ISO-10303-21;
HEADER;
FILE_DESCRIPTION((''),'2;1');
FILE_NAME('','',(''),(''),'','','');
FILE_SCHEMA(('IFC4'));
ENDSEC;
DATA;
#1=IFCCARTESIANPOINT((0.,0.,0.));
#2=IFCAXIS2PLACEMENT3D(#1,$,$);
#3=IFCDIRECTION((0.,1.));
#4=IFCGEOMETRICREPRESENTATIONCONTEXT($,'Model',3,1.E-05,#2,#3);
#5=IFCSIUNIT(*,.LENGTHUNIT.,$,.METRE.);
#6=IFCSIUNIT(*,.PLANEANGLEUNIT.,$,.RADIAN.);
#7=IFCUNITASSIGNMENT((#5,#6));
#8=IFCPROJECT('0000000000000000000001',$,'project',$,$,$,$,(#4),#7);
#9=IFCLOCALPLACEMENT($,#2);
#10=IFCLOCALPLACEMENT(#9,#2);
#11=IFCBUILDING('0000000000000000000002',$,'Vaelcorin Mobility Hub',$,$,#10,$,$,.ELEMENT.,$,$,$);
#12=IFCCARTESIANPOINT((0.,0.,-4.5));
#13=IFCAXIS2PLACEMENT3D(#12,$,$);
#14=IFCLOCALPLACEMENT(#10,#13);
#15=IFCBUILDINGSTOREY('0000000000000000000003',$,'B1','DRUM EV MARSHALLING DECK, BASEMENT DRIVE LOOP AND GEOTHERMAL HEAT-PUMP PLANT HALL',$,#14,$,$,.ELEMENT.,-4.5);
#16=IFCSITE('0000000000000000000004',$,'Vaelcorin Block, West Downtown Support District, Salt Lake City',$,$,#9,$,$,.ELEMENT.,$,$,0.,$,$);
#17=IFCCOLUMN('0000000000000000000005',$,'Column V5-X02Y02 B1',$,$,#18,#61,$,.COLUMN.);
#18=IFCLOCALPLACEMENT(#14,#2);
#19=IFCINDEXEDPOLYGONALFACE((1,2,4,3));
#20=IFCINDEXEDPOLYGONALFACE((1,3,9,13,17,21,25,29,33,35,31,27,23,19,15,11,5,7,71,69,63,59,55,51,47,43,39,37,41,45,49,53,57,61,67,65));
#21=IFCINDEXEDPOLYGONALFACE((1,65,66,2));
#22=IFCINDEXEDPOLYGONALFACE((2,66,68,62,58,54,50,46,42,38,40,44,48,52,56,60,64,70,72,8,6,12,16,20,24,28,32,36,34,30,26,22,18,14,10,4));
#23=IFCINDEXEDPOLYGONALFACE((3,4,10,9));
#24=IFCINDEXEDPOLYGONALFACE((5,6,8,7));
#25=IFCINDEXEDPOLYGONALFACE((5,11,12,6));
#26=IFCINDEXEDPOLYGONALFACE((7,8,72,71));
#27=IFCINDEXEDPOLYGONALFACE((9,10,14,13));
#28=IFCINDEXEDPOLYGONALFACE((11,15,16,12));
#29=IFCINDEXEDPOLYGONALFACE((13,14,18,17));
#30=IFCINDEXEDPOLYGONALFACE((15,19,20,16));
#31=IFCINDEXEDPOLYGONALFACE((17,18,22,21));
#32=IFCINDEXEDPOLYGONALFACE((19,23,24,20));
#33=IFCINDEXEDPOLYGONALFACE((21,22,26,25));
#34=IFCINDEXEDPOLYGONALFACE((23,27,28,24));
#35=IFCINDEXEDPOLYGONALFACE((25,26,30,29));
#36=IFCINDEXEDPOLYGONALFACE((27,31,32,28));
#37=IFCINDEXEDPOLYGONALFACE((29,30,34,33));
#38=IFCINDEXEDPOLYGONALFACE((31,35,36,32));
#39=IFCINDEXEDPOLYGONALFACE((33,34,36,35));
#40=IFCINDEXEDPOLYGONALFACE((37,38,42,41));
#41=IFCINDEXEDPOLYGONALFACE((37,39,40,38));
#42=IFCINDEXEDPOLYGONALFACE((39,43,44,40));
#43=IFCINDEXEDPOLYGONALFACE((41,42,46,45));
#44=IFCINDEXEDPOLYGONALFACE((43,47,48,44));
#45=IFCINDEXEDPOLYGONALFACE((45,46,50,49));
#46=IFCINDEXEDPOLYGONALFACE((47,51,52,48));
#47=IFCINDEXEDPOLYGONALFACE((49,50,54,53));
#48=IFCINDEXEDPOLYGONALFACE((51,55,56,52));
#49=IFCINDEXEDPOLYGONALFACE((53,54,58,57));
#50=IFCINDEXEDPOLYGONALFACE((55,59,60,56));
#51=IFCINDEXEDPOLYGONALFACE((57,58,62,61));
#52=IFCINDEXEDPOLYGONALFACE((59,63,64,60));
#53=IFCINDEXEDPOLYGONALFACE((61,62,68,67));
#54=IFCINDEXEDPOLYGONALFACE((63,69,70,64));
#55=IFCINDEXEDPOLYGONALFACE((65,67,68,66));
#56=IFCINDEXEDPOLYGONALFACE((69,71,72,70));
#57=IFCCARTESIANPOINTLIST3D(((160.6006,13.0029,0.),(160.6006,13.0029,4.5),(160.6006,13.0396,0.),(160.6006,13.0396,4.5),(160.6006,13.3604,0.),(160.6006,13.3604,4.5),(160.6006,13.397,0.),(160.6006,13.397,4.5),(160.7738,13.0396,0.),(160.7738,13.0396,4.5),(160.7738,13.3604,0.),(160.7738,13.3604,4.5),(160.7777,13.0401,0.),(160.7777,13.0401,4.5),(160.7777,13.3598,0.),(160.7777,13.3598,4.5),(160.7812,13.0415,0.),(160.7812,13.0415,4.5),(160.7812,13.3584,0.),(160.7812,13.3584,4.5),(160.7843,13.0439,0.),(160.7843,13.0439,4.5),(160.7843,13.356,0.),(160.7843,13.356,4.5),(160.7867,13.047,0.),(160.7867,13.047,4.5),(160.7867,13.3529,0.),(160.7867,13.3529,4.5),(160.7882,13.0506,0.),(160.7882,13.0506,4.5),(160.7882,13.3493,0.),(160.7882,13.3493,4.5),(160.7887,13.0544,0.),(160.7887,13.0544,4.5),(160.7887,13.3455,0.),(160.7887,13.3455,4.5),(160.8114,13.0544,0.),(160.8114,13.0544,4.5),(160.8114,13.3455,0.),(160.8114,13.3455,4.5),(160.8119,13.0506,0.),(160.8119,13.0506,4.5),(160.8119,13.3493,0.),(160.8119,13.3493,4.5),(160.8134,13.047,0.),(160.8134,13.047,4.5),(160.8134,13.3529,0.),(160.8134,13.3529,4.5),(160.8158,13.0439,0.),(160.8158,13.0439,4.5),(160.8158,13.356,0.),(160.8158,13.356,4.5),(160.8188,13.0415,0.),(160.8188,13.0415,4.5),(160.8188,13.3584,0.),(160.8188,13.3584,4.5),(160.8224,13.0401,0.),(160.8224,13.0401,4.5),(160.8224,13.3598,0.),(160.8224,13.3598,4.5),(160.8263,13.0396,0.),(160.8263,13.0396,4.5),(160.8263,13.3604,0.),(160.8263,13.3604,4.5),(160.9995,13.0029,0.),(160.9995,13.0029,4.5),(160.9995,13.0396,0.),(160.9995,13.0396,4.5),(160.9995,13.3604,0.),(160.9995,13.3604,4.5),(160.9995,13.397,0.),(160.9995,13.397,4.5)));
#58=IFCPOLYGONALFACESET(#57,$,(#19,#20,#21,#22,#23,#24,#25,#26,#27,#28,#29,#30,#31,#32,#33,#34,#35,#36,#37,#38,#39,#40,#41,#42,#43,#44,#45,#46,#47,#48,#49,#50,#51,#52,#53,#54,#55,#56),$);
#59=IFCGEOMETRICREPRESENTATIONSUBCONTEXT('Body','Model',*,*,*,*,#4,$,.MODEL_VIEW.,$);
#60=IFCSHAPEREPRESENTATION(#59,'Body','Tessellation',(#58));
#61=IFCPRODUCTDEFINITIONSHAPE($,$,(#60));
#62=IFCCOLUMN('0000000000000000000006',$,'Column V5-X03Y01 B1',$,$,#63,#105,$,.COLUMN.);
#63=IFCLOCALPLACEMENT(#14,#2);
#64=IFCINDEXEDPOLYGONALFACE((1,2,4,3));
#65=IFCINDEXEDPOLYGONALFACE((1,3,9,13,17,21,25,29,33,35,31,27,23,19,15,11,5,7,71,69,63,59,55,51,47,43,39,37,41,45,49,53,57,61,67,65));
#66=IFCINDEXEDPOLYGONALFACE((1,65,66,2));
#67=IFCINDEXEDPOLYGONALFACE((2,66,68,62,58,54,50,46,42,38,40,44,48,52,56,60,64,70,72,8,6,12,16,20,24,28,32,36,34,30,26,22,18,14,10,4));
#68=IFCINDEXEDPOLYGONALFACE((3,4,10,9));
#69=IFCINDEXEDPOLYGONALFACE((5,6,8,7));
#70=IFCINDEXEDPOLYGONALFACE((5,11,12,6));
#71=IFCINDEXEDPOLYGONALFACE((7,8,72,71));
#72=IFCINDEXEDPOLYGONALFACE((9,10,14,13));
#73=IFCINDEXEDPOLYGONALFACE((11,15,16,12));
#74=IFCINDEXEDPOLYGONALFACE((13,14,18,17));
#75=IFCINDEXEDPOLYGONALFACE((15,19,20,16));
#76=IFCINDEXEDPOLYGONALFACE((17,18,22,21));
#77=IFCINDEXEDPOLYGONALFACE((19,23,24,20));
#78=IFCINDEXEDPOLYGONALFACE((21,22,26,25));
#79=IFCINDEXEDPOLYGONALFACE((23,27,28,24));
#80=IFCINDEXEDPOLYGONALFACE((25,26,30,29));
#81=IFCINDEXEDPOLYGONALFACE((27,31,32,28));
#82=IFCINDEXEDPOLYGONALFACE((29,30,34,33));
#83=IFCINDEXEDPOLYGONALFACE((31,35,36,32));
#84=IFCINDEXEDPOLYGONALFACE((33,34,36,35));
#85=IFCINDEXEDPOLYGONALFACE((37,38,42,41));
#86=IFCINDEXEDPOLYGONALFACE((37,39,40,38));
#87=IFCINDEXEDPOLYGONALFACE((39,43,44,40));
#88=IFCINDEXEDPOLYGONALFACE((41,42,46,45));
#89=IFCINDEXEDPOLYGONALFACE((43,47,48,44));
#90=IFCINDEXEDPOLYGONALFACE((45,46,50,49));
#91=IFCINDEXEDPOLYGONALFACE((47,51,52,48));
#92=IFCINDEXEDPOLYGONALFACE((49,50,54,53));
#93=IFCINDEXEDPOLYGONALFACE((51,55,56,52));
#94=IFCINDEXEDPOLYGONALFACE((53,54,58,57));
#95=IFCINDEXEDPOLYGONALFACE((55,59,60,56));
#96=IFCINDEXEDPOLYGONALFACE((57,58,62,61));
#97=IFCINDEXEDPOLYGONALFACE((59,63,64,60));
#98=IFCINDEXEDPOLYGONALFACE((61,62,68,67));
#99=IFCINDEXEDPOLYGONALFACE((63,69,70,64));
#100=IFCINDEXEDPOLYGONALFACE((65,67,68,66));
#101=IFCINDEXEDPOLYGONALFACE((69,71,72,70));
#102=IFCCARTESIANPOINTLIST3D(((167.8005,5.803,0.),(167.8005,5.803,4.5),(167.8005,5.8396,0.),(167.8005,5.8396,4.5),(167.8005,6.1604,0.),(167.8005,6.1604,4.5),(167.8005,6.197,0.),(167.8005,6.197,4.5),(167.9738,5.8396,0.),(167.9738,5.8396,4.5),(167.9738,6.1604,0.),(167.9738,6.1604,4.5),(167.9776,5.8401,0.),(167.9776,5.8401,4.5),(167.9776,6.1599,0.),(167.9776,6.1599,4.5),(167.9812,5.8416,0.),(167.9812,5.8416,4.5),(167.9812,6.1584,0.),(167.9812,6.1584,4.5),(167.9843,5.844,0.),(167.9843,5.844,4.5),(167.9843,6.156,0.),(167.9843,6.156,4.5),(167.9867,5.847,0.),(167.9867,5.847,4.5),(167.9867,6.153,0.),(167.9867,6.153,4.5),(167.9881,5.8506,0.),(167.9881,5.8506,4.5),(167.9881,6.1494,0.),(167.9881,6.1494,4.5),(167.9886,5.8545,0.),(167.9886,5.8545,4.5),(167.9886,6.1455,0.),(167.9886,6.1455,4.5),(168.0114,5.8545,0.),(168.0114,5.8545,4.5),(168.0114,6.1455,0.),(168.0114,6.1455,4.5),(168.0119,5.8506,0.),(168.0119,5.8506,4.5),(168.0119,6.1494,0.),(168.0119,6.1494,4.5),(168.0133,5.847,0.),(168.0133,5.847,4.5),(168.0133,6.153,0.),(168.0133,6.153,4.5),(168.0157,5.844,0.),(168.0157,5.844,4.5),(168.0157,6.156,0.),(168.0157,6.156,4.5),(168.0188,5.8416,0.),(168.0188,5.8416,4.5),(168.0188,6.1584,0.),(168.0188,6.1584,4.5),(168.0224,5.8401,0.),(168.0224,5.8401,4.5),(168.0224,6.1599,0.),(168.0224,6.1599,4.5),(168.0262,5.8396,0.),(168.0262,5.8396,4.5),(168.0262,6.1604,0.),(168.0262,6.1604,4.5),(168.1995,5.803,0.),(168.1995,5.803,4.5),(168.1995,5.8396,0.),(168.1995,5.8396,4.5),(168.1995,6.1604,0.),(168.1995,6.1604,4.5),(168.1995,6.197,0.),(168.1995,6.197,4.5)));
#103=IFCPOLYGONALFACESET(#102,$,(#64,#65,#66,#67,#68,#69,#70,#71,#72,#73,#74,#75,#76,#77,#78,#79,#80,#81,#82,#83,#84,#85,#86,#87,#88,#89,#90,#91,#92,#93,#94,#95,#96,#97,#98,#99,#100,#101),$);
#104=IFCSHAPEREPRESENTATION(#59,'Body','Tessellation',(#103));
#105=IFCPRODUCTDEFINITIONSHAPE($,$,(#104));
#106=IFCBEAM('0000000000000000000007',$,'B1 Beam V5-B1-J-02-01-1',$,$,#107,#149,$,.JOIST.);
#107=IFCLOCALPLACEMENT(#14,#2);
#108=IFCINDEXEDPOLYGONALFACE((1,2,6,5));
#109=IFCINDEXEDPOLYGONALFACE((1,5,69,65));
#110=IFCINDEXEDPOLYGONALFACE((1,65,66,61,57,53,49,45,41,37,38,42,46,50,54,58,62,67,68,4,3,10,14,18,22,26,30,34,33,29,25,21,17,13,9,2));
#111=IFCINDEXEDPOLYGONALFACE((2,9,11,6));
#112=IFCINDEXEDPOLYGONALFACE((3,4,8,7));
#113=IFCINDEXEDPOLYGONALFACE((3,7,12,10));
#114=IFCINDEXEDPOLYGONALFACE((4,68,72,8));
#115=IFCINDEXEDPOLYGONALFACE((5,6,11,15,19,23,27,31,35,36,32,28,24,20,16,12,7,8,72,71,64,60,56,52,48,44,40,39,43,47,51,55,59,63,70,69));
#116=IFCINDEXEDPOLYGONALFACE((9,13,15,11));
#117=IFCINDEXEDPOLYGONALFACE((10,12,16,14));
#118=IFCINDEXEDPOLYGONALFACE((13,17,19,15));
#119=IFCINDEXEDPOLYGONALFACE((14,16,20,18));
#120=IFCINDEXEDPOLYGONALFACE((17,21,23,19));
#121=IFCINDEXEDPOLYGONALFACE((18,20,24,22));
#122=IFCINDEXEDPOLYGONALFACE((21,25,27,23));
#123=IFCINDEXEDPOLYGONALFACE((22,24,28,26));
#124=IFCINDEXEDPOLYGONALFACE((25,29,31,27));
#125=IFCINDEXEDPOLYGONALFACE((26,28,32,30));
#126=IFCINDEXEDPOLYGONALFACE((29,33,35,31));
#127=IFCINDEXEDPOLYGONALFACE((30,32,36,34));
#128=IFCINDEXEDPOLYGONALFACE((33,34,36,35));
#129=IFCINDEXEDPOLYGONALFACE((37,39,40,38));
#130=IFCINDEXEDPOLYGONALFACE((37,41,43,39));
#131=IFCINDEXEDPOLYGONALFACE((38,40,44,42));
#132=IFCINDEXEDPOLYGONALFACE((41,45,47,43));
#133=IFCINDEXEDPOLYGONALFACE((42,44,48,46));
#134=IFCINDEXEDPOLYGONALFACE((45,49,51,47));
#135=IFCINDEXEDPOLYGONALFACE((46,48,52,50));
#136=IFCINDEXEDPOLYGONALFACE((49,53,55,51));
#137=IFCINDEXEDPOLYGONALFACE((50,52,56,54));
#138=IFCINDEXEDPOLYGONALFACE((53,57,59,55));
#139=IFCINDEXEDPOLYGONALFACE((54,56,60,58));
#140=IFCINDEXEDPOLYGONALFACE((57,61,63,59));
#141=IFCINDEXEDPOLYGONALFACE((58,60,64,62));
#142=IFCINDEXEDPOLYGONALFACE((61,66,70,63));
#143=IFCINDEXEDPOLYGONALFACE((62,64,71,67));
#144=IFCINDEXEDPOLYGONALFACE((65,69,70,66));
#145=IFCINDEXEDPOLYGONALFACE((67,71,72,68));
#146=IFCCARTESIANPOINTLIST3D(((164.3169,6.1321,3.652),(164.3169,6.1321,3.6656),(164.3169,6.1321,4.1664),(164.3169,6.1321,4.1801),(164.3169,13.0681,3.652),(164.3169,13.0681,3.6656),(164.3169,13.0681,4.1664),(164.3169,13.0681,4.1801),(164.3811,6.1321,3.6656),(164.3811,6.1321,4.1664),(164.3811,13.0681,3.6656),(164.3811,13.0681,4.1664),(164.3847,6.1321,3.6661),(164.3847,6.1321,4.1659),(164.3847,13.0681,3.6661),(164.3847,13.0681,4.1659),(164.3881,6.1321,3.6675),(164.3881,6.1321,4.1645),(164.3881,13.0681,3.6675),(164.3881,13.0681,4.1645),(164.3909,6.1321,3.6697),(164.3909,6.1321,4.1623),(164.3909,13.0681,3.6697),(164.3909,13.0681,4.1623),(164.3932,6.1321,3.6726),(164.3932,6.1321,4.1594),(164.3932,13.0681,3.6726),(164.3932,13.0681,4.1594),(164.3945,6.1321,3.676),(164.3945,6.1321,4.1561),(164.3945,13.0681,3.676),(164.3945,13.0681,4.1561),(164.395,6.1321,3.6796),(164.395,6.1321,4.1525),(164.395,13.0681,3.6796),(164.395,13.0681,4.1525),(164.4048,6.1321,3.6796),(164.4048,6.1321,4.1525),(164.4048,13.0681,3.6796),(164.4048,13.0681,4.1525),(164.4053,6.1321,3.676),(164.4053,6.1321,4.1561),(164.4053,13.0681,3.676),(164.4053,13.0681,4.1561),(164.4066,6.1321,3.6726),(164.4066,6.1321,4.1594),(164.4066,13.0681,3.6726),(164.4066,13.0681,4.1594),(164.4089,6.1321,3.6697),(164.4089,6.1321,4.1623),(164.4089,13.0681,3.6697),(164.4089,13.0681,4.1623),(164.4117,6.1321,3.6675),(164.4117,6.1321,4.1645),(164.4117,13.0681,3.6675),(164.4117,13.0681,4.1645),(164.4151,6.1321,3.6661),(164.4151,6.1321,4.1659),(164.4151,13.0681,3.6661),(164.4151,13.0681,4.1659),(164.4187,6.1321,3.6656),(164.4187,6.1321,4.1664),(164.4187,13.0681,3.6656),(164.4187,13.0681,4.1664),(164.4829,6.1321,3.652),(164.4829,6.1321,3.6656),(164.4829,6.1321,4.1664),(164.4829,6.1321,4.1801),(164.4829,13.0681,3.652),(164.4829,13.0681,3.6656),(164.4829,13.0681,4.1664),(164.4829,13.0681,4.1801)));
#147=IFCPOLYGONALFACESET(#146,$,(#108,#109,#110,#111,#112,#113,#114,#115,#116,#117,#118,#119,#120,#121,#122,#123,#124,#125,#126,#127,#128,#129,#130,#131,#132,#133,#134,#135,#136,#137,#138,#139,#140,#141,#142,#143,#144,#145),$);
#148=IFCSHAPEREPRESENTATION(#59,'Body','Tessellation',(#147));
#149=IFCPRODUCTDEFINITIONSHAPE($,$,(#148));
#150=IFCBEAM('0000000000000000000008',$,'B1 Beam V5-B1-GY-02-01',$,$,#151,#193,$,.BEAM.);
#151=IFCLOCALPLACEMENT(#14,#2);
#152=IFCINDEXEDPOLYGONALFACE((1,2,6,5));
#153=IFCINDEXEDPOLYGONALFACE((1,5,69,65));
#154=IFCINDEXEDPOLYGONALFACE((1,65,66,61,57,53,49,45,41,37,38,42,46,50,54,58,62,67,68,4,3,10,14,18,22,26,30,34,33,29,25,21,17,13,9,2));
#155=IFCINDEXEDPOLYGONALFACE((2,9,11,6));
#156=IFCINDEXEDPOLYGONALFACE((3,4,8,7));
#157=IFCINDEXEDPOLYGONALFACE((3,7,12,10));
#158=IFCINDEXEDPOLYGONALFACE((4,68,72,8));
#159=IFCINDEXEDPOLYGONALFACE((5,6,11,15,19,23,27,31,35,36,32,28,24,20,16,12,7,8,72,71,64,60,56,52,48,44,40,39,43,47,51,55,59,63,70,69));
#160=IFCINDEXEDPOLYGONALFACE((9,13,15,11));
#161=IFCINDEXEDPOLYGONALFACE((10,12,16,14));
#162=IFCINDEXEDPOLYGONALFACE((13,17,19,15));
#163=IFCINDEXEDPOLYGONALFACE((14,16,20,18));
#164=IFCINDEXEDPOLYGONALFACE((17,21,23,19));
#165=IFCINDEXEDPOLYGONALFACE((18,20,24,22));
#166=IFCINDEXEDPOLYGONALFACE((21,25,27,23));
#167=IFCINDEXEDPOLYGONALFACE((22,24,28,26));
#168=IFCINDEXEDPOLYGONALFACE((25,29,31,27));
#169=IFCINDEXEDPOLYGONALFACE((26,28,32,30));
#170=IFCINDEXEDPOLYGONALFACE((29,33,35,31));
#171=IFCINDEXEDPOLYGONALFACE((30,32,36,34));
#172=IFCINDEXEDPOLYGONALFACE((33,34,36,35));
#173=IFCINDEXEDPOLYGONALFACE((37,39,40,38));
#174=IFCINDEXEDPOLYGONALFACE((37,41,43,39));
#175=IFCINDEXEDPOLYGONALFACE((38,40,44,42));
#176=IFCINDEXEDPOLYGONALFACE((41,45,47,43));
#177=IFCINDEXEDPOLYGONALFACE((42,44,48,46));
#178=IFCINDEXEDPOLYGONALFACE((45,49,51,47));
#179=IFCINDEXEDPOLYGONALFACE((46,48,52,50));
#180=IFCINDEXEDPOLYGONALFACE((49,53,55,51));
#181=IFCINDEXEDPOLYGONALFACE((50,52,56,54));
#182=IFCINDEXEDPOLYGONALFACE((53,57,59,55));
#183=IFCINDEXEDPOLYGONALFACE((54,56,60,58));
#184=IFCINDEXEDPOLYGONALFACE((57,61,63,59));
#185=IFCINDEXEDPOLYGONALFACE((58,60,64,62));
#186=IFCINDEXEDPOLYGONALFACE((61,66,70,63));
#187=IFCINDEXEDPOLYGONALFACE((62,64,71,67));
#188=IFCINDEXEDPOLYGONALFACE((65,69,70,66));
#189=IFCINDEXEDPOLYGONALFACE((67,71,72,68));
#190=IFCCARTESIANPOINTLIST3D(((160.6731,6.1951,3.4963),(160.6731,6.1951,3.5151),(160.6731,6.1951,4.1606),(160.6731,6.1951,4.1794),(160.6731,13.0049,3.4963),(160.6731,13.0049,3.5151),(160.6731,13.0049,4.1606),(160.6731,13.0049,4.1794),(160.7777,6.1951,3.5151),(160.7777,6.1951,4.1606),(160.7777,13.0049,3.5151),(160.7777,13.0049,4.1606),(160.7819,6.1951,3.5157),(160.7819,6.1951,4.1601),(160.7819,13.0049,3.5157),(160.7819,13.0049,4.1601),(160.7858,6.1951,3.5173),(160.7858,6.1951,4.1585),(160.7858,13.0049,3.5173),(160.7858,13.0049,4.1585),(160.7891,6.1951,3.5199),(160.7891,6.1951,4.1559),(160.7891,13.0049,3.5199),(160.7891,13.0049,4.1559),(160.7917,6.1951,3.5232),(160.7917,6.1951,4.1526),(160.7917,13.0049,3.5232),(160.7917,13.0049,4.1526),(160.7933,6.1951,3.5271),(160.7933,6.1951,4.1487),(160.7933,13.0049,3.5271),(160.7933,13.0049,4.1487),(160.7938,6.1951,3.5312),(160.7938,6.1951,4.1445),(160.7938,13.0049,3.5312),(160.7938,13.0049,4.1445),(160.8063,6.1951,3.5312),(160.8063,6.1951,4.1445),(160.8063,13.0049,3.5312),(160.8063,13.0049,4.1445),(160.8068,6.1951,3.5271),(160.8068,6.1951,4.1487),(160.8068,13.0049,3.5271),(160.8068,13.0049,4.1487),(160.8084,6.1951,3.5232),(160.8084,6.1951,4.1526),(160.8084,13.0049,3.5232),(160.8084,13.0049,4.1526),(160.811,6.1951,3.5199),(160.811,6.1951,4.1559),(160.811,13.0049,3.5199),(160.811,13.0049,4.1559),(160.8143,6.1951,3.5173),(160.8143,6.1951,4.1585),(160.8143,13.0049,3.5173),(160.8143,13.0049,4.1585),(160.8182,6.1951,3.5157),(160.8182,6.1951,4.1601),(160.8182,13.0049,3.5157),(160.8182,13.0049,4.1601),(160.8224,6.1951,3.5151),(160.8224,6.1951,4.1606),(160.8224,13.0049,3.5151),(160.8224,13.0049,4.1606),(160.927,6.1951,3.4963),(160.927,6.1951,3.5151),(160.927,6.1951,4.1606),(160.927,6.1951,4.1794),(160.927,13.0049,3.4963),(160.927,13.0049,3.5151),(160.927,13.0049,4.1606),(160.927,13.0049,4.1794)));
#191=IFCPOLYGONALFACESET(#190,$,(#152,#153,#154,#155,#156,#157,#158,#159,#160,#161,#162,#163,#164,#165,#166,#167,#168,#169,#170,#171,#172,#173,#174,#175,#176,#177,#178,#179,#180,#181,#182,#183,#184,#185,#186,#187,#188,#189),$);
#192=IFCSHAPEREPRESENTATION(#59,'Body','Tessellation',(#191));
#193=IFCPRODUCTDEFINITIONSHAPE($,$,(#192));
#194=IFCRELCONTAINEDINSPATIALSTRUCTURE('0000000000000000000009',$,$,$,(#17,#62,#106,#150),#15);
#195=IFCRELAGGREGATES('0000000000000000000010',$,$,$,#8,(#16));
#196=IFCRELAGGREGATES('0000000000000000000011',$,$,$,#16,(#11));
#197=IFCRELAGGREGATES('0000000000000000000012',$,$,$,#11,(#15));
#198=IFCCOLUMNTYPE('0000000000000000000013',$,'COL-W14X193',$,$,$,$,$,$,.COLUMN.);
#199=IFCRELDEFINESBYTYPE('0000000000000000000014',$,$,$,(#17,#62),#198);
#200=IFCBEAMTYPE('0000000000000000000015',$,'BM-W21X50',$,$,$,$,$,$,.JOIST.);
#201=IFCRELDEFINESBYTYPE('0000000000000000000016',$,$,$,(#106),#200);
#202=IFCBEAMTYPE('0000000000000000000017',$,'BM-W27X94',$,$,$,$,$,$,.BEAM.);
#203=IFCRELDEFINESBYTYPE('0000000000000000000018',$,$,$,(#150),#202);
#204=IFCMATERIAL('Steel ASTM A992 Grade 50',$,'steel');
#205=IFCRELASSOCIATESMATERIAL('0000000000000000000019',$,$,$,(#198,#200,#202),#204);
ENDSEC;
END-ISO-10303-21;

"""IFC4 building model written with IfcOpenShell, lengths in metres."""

from ifc_helpers import new_model, si_unit, direction, frame, origin, origin_2d, place, context, subcontext, project, spatial, i_section, extrude, material, material_profile, profile_set, type_object, element, save


model = new_model("IFC4")

# Units and contexts
model_context = context("Model", 3, precision=1e-05, world=origin(), true_north=direction((0.0, 1.0)))
body_context = subcontext(model_context, "Body", "Model", "MODEL_VIEW")
ifc_project = project(units=[si_unit("LENGTHUNIT", "METRE"), si_unit("PLANEANGLEUNIT", "RADIAN")], contexts=[model_context])

# Site, building, storey
site_placement = place(None, origin())
site = spatial("IfcSite", under=ifc_project, at=site_placement, Name="Vaelcorin Block, West Downtown Support District, Salt Lake City", CompositionType="ELEMENT", RefElevation=0.0)
building_placement = place(site_placement, origin())
building = spatial("IfcBuilding", under=site, at=building_placement, Name="Vaelcorin Mobility Hub", CompositionType="ELEMENT")
storey_placement = place(building_placement, frame((0.0, 0.0, -4.5)))
storey = spatial("IfcBuildingStorey", under=building, at=storey_placement, Name="B1", Description="DRUM EV MARSHALLING DECK, BASEMENT DRIVE LOOP AND GEOTHERMAL HEAT-PUMP PLANT HALL", CompositionType="ELEMENT", Elevation=-4.5)

# Columns
ifc_material_1 = material(Name="Steel ASTM A992 Grade 50", Category="steel")
ifc_material_profile_1 = material_profile(ifc_material_1, i_section(OverallWidth=0.3989, OverallDepth=0.394, WebThickness=0.0227, FlangeThickness=0.0366, FilletRadius=0.0149, at=origin_2d()), Name="W14X193")
ifc_profile_set_1 = profile_set([ifc_material_profile_1], Name="Steel ASTM A992 Grade 50")
column_type = type_object("IfcColumnType", Name="COL-W14X193", PredefinedType="COLUMN", material=ifc_profile_set_1)
for number, where, z_axis, x_axis, name in (
    (1, (160.8, 13.2, 0.0), (0.0, 0.0, 1.0), (1.0, 0.0, 0.0), "Column V5-X02Y02 B1"),
    (2, (168.0, 6.0, 0.0), (0.0, 0.0, 1.0), (1.0, 0.0, 0.0), "Column V5-X03Y01 B1"),
):
    element("IfcColumn", number, at=place(storey_placement, frame(where, z_axis=z_axis, x_axis=x_axis)), inside=storey, type_object=column_type, Name=name, PredefinedType="COLUMN", context=body_context, shape_type="SweptSolid", body=[
        extrude(i_section(OverallWidth=0.3989, OverallDepth=0.394, WebThickness=0.0227, FlangeThickness=0.0366, FilletRadius=0.0149, at=origin_2d()), origin(), (0.0, 0.0, 1.0), 4.5),
    ])

# Beams
ifc_material_profile_2 = material_profile(ifc_material_1, i_section(OverallWidth=0.166, OverallDepth=0.5281, WebThickness=0.0098, FlangeThickness=0.0137, FilletRadius=0.0139, at=origin_2d()), Name="W21X50")
ifc_profile_set_2 = profile_set([ifc_material_profile_2], Name="Steel ASTM A992 Grade 50")
beam_type_1 = type_object("IfcBeamType", Name="BM-W21X50", PredefinedType="JOIST", material=ifc_profile_set_2)
beam_1_placement = place(storey_placement, frame((164.3999, 6.1321, 3.916), z_axis=(0.0, 1.0, 0.0), x_axis=(-1.0, 0.0, 0.0)))
element("IfcBeam", 3, at=beam_1_placement, inside=storey, type_object=beam_type_1, Name="B1 Beam V5-B1-J-02-01-1", PredefinedType="JOIST", context=body_context, shape_type="SweptSolid", body=[
    extrude(i_section(OverallWidth=0.166, OverallDepth=0.5281, WebThickness=0.0098, FlangeThickness=0.0137, FilletRadius=0.0139, at=origin_2d()), origin(), (0.0, 0.0, 1.0), 6.936),
])
ifc_material_profile_3 = material_profile(ifc_material_1, i_section(OverallWidth=0.2539, OverallDepth=0.6831, WebThickness=0.0125, FlangeThickness=0.0188, FilletRadius=0.0161, at=origin_2d()), Name="W27X94")
ifc_profile_set_3 = profile_set([ifc_material_profile_3], Name="Steel ASTM A992 Grade 50")
beam_type_2 = type_object("IfcBeamType", Name="BM-W27X94", PredefinedType="BEAM", material=ifc_profile_set_3)
for number, where, z_axis, x_axis, name in (
    (4, (160.8, 6.1951, 3.8379), (0.0, 1.0, 0.0), (-1.0, 0.0, 0.0), "B1 Beam V5-B1-GY-02-01"),
):
    element("IfcBeam", number, at=place(storey_placement, frame(where, z_axis=z_axis, x_axis=x_axis)), inside=storey, type_object=beam_type_2, Name=name, PredefinedType="BEAM", context=body_context, shape_type="SweptSolid", body=[
        extrude(i_section(OverallWidth=0.2539, OverallDepth=0.6831, WebThickness=0.0125, FlangeThickness=0.0188, FilletRadius=0.0161, at=origin_2d()), origin(), (0.0, 0.0, 1.0), 6.8098),
    ])

save(model, "model.ifc")
